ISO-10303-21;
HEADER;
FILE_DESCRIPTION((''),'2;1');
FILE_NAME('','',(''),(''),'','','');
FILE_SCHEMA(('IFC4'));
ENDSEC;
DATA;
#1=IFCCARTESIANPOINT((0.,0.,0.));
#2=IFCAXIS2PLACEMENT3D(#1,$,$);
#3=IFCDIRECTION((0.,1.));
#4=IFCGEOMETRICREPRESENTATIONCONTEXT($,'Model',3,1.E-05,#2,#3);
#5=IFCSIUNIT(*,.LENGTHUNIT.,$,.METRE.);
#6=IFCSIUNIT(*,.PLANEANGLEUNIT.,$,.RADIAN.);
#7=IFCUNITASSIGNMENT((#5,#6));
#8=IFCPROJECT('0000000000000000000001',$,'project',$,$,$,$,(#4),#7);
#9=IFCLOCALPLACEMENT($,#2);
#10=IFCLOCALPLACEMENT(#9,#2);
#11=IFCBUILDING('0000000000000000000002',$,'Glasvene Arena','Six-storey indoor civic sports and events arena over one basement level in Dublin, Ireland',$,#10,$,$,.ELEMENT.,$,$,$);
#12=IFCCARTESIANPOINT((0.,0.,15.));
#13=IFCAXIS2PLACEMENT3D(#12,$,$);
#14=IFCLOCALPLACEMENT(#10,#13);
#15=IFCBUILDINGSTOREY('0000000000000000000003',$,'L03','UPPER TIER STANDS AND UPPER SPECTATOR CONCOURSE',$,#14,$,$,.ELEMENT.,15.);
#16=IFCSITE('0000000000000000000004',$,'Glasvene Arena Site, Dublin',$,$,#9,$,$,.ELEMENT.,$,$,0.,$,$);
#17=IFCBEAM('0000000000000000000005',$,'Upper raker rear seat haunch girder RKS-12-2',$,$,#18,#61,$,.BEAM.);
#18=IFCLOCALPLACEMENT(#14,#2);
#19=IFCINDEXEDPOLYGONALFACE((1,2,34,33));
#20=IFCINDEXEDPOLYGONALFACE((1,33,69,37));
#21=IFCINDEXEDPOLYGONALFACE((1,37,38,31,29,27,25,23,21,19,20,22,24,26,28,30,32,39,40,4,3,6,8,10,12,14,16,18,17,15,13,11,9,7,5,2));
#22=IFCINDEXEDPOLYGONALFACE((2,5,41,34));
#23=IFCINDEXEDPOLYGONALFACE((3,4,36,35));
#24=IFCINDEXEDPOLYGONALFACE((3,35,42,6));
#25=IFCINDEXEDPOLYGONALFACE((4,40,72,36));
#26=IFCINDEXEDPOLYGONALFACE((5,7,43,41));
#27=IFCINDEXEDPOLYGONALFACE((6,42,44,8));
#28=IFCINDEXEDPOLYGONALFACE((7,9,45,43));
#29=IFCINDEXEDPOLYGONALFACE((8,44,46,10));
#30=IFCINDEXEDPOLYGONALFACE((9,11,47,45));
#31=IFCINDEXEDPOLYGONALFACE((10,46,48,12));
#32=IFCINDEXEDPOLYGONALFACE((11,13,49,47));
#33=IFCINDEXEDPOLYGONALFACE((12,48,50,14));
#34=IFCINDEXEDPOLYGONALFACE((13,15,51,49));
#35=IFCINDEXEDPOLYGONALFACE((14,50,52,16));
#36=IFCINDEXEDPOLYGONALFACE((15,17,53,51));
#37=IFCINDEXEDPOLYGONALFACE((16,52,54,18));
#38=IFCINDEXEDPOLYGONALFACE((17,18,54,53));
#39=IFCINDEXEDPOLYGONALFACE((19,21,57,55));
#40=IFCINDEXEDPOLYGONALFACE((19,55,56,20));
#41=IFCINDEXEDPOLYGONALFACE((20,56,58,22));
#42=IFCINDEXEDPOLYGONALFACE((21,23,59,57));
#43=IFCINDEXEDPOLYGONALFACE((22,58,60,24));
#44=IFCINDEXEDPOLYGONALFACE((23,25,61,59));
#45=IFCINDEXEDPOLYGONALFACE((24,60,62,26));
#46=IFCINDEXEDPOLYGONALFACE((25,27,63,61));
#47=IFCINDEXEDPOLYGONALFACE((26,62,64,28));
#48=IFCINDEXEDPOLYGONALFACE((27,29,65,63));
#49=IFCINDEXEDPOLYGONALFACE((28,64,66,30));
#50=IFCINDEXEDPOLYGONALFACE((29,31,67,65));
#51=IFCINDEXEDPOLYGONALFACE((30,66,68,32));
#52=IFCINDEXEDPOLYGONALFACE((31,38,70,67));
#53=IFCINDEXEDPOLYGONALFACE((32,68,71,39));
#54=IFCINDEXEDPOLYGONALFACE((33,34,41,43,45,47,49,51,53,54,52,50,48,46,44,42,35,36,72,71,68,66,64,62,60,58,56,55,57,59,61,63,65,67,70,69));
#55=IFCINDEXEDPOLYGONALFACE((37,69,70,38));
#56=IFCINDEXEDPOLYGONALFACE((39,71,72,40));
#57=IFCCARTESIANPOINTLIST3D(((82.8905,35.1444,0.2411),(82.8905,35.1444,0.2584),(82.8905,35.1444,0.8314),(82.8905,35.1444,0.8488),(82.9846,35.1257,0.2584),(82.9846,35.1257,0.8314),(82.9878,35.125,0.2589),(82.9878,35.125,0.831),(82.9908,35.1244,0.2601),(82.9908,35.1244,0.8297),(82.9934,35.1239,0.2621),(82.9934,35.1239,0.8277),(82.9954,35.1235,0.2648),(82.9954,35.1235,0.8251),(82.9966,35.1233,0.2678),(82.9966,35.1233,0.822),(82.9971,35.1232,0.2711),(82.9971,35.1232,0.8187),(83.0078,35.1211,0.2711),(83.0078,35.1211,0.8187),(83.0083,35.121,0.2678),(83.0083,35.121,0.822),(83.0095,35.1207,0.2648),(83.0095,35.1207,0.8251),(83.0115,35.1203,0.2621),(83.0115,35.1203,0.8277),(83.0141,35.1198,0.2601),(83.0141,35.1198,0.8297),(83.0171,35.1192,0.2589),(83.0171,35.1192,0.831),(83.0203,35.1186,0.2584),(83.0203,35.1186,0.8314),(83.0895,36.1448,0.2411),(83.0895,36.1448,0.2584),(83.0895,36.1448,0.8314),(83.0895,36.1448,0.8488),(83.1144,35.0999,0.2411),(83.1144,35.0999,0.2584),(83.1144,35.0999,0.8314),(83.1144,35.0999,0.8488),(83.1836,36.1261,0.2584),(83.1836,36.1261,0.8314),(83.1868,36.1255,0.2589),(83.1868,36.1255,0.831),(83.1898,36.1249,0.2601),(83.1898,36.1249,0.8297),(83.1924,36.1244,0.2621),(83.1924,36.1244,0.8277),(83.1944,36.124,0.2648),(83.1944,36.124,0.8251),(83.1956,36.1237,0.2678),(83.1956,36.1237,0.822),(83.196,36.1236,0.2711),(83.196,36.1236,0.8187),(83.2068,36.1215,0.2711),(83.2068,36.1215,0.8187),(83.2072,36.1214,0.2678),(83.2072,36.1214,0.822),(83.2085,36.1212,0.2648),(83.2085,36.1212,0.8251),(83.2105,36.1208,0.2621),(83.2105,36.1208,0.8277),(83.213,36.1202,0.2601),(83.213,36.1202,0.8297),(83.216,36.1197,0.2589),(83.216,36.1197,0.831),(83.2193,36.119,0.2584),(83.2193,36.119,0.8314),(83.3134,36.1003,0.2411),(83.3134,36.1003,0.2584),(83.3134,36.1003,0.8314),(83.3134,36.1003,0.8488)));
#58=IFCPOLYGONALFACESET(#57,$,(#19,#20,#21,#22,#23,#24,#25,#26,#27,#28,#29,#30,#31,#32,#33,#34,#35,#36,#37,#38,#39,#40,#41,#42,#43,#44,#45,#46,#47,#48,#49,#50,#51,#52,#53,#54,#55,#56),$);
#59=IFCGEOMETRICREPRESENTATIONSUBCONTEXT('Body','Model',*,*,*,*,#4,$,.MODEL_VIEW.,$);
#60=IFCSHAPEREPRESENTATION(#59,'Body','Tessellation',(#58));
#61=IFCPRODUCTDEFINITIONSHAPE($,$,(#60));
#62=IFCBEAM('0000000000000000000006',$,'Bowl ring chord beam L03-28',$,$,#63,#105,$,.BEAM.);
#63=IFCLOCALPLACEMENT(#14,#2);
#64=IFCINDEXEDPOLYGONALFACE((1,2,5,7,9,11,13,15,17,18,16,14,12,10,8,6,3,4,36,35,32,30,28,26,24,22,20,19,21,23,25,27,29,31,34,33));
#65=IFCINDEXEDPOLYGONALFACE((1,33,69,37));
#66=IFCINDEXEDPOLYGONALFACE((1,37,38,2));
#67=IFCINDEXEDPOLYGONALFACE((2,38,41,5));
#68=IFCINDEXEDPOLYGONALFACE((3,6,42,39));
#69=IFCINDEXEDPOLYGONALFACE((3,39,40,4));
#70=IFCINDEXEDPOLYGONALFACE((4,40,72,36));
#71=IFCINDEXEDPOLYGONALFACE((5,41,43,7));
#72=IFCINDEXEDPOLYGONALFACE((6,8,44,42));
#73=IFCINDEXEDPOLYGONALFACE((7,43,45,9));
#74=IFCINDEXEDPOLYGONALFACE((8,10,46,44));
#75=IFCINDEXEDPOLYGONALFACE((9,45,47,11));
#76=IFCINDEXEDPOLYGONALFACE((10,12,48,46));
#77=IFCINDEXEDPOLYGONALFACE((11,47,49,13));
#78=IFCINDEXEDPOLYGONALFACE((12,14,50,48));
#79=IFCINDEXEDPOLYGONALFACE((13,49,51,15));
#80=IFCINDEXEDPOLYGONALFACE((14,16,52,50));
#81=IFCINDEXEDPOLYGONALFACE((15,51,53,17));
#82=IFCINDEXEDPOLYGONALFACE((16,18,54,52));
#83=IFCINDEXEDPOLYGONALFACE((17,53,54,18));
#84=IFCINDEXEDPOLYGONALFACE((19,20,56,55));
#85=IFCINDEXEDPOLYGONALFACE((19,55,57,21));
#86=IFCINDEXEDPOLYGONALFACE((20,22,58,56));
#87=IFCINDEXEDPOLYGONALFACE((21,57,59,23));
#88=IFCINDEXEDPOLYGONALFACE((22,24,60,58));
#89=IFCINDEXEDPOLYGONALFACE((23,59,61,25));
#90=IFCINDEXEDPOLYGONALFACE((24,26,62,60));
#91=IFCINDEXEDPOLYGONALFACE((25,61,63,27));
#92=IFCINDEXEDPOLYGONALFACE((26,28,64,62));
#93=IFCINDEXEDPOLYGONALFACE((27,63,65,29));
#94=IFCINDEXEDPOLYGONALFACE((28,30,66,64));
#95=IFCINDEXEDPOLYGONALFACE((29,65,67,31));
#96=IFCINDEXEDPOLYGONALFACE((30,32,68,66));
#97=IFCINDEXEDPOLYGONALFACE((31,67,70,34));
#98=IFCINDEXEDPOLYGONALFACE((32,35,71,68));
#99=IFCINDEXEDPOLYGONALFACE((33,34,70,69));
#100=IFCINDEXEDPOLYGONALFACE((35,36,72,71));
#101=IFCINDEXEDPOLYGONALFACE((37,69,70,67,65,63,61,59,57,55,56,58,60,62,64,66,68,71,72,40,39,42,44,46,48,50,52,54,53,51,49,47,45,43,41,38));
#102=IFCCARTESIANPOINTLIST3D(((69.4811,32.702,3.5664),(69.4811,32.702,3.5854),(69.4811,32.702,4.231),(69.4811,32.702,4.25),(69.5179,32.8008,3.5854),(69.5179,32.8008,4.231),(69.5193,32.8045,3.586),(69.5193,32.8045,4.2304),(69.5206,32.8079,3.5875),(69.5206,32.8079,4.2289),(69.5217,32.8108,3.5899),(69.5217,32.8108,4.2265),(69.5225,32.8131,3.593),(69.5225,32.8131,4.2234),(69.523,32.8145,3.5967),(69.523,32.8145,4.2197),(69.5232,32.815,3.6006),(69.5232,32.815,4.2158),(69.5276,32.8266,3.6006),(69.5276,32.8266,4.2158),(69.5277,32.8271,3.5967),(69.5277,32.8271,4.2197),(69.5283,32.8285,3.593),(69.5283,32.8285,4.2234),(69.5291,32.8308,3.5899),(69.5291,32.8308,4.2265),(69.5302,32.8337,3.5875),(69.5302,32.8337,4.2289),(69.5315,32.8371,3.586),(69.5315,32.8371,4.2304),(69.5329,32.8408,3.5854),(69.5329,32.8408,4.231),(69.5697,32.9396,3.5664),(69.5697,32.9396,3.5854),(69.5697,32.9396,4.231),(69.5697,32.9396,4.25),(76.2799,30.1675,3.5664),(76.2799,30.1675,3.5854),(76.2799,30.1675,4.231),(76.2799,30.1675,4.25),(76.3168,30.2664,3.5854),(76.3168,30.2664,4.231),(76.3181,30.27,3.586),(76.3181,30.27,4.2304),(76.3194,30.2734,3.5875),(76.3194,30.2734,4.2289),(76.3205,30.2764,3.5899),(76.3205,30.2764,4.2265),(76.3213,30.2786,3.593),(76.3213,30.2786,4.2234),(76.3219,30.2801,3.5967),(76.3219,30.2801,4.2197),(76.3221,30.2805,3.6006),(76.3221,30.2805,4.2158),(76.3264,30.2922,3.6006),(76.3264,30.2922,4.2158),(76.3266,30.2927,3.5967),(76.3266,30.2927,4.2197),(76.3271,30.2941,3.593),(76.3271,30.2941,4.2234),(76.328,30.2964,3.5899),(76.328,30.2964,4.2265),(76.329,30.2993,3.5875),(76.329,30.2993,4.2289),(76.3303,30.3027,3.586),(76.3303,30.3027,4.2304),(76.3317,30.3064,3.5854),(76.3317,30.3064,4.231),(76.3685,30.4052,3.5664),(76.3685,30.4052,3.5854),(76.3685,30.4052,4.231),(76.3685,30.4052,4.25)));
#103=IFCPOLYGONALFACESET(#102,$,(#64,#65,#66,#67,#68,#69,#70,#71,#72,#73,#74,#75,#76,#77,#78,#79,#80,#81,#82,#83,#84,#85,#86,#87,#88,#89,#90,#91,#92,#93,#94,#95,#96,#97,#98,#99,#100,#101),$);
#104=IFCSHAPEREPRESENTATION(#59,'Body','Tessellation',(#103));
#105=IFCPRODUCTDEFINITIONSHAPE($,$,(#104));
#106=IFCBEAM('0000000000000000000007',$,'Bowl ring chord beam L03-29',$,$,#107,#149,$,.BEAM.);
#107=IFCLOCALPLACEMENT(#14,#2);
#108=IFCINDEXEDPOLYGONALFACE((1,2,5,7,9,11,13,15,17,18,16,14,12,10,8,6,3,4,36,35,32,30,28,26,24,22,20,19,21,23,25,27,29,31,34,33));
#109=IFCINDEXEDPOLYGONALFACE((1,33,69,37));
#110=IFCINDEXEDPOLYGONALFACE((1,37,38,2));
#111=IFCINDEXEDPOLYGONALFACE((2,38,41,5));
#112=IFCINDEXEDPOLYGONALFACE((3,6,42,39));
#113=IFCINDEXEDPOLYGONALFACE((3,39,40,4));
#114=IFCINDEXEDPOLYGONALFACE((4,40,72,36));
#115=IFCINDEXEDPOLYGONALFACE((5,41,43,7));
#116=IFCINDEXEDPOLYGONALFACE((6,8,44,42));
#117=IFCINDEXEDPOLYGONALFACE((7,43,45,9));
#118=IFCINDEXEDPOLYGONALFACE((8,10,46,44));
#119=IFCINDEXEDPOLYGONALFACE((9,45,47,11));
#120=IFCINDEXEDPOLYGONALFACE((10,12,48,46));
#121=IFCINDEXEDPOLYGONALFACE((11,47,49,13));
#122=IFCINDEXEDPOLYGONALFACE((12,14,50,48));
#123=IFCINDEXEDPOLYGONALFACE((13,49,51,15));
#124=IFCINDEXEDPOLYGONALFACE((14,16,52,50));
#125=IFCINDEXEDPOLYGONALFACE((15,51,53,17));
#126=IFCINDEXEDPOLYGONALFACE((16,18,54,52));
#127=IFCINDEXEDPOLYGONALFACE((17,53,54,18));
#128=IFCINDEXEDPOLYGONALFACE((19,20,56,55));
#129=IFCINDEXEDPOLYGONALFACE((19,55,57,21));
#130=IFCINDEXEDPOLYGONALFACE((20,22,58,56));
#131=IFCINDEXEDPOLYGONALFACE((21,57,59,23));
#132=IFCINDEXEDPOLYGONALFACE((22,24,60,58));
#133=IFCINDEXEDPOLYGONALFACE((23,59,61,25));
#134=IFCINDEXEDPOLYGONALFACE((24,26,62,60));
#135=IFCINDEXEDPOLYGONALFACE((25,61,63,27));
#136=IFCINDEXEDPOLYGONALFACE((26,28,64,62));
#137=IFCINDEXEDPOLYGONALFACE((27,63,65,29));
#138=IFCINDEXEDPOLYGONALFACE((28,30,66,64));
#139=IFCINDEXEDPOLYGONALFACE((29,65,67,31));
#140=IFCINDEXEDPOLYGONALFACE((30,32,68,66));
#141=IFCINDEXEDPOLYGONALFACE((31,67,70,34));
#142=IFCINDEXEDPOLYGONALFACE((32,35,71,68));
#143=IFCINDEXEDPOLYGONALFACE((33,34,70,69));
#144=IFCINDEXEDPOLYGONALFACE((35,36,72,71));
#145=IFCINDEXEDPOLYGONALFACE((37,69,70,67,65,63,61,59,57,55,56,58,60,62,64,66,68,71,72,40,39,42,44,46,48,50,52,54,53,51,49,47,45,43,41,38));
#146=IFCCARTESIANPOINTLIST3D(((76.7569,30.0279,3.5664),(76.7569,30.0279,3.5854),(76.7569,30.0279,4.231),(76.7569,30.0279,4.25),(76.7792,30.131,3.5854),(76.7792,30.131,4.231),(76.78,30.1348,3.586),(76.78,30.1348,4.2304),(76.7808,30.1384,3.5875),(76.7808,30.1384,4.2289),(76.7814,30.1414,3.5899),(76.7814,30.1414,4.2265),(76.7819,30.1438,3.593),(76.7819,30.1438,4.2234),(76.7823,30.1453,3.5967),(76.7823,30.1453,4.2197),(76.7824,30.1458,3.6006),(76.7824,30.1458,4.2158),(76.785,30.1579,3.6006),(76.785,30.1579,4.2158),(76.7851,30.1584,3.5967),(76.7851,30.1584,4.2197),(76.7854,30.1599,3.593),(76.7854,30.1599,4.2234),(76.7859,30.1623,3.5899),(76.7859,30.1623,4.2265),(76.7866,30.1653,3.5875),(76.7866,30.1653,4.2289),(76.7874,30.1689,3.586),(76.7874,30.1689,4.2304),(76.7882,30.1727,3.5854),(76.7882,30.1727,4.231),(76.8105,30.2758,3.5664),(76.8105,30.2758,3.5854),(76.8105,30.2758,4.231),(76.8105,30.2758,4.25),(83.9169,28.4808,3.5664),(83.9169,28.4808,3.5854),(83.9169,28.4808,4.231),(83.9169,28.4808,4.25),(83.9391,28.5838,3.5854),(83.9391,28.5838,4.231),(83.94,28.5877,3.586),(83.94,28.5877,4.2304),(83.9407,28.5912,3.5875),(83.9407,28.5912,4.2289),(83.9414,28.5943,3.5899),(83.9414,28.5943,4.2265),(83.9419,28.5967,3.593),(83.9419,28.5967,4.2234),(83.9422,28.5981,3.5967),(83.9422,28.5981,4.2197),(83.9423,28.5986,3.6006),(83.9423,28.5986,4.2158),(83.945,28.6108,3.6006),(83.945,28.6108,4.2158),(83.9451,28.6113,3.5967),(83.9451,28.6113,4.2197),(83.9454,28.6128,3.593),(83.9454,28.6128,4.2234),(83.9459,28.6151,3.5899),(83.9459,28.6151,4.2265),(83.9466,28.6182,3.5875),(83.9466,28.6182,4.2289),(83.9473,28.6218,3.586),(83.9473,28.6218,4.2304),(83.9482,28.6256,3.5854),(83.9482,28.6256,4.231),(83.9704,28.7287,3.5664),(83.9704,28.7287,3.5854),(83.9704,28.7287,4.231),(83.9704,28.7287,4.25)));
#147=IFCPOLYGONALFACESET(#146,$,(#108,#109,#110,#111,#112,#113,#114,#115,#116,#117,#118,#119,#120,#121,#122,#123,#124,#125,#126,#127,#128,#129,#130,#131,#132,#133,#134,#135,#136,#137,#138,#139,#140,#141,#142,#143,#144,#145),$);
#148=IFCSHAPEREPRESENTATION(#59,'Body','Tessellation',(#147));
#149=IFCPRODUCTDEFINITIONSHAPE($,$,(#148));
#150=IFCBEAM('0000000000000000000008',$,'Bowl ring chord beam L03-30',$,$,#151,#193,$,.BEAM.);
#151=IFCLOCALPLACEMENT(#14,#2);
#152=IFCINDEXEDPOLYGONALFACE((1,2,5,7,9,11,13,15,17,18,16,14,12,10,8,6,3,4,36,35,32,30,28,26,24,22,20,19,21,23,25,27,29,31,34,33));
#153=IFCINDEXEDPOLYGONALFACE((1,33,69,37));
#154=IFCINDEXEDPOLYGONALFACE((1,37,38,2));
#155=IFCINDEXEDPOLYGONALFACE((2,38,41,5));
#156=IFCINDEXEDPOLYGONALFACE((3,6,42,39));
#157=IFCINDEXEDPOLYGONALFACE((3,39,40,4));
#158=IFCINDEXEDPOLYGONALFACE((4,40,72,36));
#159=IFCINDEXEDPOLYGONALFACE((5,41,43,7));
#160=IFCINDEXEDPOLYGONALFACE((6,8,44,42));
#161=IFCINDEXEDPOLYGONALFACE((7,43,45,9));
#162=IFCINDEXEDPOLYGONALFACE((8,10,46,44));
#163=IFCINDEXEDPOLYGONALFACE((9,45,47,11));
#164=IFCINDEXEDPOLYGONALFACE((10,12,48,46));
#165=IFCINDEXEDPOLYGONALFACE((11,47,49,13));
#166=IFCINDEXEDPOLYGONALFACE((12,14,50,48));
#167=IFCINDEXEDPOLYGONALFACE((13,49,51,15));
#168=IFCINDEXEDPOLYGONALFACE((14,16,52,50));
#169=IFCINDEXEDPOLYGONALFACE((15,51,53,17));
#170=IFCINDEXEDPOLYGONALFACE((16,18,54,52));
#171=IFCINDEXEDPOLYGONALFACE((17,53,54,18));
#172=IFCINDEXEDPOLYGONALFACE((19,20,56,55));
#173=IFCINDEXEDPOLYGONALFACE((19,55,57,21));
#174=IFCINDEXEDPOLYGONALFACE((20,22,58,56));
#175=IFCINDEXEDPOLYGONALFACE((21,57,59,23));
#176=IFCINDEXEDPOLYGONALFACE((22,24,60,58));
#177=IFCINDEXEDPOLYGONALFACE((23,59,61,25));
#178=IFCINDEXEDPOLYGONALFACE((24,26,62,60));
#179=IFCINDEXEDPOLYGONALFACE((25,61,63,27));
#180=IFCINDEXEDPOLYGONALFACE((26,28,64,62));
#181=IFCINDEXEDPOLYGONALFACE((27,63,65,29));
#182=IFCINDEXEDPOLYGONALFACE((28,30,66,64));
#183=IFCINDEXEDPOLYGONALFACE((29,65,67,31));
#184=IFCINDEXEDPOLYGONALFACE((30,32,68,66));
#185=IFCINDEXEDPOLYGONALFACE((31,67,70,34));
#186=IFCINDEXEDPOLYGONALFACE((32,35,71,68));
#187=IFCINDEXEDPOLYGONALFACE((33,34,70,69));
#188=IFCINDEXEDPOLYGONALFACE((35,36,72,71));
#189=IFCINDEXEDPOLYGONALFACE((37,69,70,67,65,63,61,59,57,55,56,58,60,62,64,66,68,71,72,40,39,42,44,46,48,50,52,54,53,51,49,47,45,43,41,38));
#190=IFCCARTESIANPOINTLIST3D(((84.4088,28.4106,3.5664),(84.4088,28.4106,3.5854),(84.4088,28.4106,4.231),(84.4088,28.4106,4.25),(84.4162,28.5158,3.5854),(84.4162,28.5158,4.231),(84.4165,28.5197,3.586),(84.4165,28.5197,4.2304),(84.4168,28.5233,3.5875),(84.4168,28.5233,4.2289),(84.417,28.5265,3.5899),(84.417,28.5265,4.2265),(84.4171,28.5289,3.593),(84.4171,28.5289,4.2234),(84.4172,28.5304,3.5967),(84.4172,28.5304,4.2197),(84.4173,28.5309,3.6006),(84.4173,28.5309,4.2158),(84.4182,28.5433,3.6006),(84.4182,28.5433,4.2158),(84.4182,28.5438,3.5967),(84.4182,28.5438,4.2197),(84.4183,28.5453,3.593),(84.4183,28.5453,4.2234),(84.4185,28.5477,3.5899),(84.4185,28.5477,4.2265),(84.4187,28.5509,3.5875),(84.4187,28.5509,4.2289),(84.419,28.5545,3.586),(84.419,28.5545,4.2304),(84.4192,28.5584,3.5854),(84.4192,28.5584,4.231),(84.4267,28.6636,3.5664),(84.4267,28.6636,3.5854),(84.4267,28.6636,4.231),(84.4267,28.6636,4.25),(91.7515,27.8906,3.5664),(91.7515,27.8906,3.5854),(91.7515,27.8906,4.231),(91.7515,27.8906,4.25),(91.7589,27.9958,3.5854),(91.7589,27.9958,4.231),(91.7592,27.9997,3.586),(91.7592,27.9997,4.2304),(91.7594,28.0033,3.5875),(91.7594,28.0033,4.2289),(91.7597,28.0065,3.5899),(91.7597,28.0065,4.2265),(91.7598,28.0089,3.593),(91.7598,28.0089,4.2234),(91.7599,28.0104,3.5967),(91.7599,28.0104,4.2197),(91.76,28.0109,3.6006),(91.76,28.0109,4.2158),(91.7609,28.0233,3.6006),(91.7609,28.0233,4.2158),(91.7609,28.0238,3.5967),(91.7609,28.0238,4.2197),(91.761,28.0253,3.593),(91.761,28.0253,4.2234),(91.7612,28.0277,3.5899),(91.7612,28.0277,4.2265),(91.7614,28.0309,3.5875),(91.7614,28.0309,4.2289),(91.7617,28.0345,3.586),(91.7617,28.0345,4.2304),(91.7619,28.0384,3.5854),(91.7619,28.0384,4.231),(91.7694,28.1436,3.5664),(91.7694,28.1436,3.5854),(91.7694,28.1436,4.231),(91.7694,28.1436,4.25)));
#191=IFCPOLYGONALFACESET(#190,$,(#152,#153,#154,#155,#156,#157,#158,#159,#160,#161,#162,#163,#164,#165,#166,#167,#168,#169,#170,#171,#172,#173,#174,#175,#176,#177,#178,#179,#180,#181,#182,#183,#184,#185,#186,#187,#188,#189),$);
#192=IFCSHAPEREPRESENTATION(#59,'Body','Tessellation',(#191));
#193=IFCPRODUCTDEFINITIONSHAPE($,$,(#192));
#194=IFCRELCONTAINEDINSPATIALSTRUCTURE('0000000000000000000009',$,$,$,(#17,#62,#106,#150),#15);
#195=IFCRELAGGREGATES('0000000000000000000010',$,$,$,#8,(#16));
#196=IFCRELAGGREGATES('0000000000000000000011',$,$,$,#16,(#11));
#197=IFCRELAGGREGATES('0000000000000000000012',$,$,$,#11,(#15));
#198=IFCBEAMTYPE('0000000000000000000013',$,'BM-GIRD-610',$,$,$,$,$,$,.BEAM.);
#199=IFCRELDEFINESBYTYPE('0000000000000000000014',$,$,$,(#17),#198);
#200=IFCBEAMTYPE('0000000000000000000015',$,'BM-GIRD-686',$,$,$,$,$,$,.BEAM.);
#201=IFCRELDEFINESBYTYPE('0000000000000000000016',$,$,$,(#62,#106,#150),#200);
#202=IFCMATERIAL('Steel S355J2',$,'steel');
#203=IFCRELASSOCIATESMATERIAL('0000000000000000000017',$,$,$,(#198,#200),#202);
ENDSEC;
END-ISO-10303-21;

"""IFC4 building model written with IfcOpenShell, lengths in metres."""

from ifc_helpers import new_model, si_unit, direction, frame, origin, origin_2d, place, context, subcontext, project, spatial, i_section, extrude, material, material_profile, profile_set, type_object, element, save


model = new_model("IFC4")

# Units and contexts
model_context = context("Model", 3, precision=1e-05, world=origin(), true_north=direction((0.0, 1.0)))
body_context = subcontext(model_context, "Body", "Model", "MODEL_VIEW")
ifc_project = project(units=[si_unit("LENGTHUNIT", "METRE"), si_unit("PLANEANGLEUNIT", "RADIAN")], contexts=[model_context])

# Site, building, storey
site_placement = place(None, origin())
site = spatial("IfcSite", under=ifc_project, at=site_placement, Name="Glasvene Arena Site, Dublin", CompositionType="ELEMENT", RefElevation=0.0)
building_placement = place(site_placement, origin())
building = spatial("IfcBuilding", under=site, at=building_placement, Name="Glasvene Arena", Description="Six-storey indoor civic sports and events arena over one basement level in Dublin, Ireland", CompositionType="ELEMENT")
storey_placement = place(building_placement, frame((0.0, 0.0, 15.0)))
storey = spatial("IfcBuildingStorey", under=building, at=storey_placement, Name="L03", Description="UPPER TIER STANDS AND UPPER SPECTATOR CONCOURSE", CompositionType="ELEMENT", Elevation=15.0)

# Shared definitions
ifc_material_1 = material(Name="Steel S355J2", Category="steel")

# Beams
ifc_material_profile_1 = material_profile(ifc_material_1, i_section(OverallWidth=0.2283, OverallDepth=0.6077, WebThickness=0.011, FlangeThickness=0.0173, FilletRadius=0.0127, at=origin_2d()), Name="UKB 610x229x113")
ifc_profile_set_1 = profile_set([ifc_material_profile_1], Name="Steel S355J2")
beam_type_1 = type_object("IfcBeamType", Name="BM-GIRD-610", PredefinedType="BEAM", material=ifc_profile_set_1)
for number, where, z_axis, x_axis, name in (
    (1, (83.2014, 36.1226, 0.5449), (-0.195057, -0.980792, 0.0), (0.980792, -0.195057, 0.0), "Upper raker rear seat haunch girder RKS-12-2"),
):
    element("IfcBeam", number, at=place(storey_placement, frame(where, z_axis=z_axis, x_axis=x_axis)), inside=storey, type_object=beam_type_1, Name=name, PredefinedType="BEAM", context=body_context, shape_type="SweptSolid", body=[
        extrude(i_section(OverallWidth=0.2283, OverallDepth=0.6077, WebThickness=0.011, FlangeThickness=0.0173, FilletRadius=0.0127, at=origin_2d()), origin(), (0.0, 0.0, 1.0), 1.02),
    ])
ifc_material_profile_2 = material_profile(ifc_material_1, i_section(OverallWidth=0.2537, OverallDepth=0.6836, WebThickness=0.0125, FlangeThickness=0.019, FilletRadius=0.0151, at=origin_2d()), Name="UKB 686x254x140")
ifc_profile_set_2 = profile_set([ifc_material_profile_2], Name="Steel S355J2")
beam_type_2 = type_object("IfcBeamType", Name="BM-GIRD-686", PredefinedType="BEAM", material=ifc_profile_set_2)
beam_1_placement = place(storey_placement, frame((69.5254, 32.8208, 3.9082), z_axis=(0.937013, -0.349294, 0.0), x_axis=(0.349294, 0.937013, 0.0)))
element("IfcBeam", 2, at=beam_1_placement, inside=storey, type_object=beam_type_2, Name="Bowl ring chord beam L03-28", PredefinedType="BEAM", context=body_context, shape_type="SweptSolid", body=[
    extrude(i_section(OverallWidth=0.2537, OverallDepth=0.6836, WebThickness=0.0125, FlangeThickness=0.019, FilletRadius=0.0151, at=origin_2d()), origin(), (0.0, 0.0, 1.0), 7.2559),
])
beam_2_placement = place(storey_placement, frame((76.7837, 30.1519, 3.9082), z_axis=(0.977442, -0.211206, 0.0), x_axis=(0.211206, 0.977442, 0.0)))
element("IfcBeam", 3, at=beam_2_placement, inside=storey, type_object=beam_type_2, Name="Bowl ring chord beam L03-29", PredefinedType="BEAM", context=body_context, shape_type="SweptSolid", body=[
    extrude(i_section(OverallWidth=0.2537, OverallDepth=0.6836, WebThickness=0.0125, FlangeThickness=0.019, FilletRadius=0.0151, at=origin_2d()), origin(), (0.0, 0.0, 1.0), 7.3252),
])
beam_3_placement = place(storey_placement, frame((84.4177, 28.5371, 3.9082), z_axis=(0.997502, -0.070644, 0.0), x_axis=(0.070644, 0.997502, 0.0)))
element("IfcBeam", 4, at=beam_3_placement, inside=storey, type_object=beam_type_2, Name="Bowl ring chord beam L03-30", PredefinedType="BEAM", context=body_context, shape_type="SweptSolid", body=[
    extrude(i_section(OverallWidth=0.2537, OverallDepth=0.6836, WebThickness=0.0125, FlangeThickness=0.019, FilletRadius=0.0151, at=origin_2d()), origin(), (0.0, 0.0, 1.0), 7.3611),
])

save(model, "model.ifc")
